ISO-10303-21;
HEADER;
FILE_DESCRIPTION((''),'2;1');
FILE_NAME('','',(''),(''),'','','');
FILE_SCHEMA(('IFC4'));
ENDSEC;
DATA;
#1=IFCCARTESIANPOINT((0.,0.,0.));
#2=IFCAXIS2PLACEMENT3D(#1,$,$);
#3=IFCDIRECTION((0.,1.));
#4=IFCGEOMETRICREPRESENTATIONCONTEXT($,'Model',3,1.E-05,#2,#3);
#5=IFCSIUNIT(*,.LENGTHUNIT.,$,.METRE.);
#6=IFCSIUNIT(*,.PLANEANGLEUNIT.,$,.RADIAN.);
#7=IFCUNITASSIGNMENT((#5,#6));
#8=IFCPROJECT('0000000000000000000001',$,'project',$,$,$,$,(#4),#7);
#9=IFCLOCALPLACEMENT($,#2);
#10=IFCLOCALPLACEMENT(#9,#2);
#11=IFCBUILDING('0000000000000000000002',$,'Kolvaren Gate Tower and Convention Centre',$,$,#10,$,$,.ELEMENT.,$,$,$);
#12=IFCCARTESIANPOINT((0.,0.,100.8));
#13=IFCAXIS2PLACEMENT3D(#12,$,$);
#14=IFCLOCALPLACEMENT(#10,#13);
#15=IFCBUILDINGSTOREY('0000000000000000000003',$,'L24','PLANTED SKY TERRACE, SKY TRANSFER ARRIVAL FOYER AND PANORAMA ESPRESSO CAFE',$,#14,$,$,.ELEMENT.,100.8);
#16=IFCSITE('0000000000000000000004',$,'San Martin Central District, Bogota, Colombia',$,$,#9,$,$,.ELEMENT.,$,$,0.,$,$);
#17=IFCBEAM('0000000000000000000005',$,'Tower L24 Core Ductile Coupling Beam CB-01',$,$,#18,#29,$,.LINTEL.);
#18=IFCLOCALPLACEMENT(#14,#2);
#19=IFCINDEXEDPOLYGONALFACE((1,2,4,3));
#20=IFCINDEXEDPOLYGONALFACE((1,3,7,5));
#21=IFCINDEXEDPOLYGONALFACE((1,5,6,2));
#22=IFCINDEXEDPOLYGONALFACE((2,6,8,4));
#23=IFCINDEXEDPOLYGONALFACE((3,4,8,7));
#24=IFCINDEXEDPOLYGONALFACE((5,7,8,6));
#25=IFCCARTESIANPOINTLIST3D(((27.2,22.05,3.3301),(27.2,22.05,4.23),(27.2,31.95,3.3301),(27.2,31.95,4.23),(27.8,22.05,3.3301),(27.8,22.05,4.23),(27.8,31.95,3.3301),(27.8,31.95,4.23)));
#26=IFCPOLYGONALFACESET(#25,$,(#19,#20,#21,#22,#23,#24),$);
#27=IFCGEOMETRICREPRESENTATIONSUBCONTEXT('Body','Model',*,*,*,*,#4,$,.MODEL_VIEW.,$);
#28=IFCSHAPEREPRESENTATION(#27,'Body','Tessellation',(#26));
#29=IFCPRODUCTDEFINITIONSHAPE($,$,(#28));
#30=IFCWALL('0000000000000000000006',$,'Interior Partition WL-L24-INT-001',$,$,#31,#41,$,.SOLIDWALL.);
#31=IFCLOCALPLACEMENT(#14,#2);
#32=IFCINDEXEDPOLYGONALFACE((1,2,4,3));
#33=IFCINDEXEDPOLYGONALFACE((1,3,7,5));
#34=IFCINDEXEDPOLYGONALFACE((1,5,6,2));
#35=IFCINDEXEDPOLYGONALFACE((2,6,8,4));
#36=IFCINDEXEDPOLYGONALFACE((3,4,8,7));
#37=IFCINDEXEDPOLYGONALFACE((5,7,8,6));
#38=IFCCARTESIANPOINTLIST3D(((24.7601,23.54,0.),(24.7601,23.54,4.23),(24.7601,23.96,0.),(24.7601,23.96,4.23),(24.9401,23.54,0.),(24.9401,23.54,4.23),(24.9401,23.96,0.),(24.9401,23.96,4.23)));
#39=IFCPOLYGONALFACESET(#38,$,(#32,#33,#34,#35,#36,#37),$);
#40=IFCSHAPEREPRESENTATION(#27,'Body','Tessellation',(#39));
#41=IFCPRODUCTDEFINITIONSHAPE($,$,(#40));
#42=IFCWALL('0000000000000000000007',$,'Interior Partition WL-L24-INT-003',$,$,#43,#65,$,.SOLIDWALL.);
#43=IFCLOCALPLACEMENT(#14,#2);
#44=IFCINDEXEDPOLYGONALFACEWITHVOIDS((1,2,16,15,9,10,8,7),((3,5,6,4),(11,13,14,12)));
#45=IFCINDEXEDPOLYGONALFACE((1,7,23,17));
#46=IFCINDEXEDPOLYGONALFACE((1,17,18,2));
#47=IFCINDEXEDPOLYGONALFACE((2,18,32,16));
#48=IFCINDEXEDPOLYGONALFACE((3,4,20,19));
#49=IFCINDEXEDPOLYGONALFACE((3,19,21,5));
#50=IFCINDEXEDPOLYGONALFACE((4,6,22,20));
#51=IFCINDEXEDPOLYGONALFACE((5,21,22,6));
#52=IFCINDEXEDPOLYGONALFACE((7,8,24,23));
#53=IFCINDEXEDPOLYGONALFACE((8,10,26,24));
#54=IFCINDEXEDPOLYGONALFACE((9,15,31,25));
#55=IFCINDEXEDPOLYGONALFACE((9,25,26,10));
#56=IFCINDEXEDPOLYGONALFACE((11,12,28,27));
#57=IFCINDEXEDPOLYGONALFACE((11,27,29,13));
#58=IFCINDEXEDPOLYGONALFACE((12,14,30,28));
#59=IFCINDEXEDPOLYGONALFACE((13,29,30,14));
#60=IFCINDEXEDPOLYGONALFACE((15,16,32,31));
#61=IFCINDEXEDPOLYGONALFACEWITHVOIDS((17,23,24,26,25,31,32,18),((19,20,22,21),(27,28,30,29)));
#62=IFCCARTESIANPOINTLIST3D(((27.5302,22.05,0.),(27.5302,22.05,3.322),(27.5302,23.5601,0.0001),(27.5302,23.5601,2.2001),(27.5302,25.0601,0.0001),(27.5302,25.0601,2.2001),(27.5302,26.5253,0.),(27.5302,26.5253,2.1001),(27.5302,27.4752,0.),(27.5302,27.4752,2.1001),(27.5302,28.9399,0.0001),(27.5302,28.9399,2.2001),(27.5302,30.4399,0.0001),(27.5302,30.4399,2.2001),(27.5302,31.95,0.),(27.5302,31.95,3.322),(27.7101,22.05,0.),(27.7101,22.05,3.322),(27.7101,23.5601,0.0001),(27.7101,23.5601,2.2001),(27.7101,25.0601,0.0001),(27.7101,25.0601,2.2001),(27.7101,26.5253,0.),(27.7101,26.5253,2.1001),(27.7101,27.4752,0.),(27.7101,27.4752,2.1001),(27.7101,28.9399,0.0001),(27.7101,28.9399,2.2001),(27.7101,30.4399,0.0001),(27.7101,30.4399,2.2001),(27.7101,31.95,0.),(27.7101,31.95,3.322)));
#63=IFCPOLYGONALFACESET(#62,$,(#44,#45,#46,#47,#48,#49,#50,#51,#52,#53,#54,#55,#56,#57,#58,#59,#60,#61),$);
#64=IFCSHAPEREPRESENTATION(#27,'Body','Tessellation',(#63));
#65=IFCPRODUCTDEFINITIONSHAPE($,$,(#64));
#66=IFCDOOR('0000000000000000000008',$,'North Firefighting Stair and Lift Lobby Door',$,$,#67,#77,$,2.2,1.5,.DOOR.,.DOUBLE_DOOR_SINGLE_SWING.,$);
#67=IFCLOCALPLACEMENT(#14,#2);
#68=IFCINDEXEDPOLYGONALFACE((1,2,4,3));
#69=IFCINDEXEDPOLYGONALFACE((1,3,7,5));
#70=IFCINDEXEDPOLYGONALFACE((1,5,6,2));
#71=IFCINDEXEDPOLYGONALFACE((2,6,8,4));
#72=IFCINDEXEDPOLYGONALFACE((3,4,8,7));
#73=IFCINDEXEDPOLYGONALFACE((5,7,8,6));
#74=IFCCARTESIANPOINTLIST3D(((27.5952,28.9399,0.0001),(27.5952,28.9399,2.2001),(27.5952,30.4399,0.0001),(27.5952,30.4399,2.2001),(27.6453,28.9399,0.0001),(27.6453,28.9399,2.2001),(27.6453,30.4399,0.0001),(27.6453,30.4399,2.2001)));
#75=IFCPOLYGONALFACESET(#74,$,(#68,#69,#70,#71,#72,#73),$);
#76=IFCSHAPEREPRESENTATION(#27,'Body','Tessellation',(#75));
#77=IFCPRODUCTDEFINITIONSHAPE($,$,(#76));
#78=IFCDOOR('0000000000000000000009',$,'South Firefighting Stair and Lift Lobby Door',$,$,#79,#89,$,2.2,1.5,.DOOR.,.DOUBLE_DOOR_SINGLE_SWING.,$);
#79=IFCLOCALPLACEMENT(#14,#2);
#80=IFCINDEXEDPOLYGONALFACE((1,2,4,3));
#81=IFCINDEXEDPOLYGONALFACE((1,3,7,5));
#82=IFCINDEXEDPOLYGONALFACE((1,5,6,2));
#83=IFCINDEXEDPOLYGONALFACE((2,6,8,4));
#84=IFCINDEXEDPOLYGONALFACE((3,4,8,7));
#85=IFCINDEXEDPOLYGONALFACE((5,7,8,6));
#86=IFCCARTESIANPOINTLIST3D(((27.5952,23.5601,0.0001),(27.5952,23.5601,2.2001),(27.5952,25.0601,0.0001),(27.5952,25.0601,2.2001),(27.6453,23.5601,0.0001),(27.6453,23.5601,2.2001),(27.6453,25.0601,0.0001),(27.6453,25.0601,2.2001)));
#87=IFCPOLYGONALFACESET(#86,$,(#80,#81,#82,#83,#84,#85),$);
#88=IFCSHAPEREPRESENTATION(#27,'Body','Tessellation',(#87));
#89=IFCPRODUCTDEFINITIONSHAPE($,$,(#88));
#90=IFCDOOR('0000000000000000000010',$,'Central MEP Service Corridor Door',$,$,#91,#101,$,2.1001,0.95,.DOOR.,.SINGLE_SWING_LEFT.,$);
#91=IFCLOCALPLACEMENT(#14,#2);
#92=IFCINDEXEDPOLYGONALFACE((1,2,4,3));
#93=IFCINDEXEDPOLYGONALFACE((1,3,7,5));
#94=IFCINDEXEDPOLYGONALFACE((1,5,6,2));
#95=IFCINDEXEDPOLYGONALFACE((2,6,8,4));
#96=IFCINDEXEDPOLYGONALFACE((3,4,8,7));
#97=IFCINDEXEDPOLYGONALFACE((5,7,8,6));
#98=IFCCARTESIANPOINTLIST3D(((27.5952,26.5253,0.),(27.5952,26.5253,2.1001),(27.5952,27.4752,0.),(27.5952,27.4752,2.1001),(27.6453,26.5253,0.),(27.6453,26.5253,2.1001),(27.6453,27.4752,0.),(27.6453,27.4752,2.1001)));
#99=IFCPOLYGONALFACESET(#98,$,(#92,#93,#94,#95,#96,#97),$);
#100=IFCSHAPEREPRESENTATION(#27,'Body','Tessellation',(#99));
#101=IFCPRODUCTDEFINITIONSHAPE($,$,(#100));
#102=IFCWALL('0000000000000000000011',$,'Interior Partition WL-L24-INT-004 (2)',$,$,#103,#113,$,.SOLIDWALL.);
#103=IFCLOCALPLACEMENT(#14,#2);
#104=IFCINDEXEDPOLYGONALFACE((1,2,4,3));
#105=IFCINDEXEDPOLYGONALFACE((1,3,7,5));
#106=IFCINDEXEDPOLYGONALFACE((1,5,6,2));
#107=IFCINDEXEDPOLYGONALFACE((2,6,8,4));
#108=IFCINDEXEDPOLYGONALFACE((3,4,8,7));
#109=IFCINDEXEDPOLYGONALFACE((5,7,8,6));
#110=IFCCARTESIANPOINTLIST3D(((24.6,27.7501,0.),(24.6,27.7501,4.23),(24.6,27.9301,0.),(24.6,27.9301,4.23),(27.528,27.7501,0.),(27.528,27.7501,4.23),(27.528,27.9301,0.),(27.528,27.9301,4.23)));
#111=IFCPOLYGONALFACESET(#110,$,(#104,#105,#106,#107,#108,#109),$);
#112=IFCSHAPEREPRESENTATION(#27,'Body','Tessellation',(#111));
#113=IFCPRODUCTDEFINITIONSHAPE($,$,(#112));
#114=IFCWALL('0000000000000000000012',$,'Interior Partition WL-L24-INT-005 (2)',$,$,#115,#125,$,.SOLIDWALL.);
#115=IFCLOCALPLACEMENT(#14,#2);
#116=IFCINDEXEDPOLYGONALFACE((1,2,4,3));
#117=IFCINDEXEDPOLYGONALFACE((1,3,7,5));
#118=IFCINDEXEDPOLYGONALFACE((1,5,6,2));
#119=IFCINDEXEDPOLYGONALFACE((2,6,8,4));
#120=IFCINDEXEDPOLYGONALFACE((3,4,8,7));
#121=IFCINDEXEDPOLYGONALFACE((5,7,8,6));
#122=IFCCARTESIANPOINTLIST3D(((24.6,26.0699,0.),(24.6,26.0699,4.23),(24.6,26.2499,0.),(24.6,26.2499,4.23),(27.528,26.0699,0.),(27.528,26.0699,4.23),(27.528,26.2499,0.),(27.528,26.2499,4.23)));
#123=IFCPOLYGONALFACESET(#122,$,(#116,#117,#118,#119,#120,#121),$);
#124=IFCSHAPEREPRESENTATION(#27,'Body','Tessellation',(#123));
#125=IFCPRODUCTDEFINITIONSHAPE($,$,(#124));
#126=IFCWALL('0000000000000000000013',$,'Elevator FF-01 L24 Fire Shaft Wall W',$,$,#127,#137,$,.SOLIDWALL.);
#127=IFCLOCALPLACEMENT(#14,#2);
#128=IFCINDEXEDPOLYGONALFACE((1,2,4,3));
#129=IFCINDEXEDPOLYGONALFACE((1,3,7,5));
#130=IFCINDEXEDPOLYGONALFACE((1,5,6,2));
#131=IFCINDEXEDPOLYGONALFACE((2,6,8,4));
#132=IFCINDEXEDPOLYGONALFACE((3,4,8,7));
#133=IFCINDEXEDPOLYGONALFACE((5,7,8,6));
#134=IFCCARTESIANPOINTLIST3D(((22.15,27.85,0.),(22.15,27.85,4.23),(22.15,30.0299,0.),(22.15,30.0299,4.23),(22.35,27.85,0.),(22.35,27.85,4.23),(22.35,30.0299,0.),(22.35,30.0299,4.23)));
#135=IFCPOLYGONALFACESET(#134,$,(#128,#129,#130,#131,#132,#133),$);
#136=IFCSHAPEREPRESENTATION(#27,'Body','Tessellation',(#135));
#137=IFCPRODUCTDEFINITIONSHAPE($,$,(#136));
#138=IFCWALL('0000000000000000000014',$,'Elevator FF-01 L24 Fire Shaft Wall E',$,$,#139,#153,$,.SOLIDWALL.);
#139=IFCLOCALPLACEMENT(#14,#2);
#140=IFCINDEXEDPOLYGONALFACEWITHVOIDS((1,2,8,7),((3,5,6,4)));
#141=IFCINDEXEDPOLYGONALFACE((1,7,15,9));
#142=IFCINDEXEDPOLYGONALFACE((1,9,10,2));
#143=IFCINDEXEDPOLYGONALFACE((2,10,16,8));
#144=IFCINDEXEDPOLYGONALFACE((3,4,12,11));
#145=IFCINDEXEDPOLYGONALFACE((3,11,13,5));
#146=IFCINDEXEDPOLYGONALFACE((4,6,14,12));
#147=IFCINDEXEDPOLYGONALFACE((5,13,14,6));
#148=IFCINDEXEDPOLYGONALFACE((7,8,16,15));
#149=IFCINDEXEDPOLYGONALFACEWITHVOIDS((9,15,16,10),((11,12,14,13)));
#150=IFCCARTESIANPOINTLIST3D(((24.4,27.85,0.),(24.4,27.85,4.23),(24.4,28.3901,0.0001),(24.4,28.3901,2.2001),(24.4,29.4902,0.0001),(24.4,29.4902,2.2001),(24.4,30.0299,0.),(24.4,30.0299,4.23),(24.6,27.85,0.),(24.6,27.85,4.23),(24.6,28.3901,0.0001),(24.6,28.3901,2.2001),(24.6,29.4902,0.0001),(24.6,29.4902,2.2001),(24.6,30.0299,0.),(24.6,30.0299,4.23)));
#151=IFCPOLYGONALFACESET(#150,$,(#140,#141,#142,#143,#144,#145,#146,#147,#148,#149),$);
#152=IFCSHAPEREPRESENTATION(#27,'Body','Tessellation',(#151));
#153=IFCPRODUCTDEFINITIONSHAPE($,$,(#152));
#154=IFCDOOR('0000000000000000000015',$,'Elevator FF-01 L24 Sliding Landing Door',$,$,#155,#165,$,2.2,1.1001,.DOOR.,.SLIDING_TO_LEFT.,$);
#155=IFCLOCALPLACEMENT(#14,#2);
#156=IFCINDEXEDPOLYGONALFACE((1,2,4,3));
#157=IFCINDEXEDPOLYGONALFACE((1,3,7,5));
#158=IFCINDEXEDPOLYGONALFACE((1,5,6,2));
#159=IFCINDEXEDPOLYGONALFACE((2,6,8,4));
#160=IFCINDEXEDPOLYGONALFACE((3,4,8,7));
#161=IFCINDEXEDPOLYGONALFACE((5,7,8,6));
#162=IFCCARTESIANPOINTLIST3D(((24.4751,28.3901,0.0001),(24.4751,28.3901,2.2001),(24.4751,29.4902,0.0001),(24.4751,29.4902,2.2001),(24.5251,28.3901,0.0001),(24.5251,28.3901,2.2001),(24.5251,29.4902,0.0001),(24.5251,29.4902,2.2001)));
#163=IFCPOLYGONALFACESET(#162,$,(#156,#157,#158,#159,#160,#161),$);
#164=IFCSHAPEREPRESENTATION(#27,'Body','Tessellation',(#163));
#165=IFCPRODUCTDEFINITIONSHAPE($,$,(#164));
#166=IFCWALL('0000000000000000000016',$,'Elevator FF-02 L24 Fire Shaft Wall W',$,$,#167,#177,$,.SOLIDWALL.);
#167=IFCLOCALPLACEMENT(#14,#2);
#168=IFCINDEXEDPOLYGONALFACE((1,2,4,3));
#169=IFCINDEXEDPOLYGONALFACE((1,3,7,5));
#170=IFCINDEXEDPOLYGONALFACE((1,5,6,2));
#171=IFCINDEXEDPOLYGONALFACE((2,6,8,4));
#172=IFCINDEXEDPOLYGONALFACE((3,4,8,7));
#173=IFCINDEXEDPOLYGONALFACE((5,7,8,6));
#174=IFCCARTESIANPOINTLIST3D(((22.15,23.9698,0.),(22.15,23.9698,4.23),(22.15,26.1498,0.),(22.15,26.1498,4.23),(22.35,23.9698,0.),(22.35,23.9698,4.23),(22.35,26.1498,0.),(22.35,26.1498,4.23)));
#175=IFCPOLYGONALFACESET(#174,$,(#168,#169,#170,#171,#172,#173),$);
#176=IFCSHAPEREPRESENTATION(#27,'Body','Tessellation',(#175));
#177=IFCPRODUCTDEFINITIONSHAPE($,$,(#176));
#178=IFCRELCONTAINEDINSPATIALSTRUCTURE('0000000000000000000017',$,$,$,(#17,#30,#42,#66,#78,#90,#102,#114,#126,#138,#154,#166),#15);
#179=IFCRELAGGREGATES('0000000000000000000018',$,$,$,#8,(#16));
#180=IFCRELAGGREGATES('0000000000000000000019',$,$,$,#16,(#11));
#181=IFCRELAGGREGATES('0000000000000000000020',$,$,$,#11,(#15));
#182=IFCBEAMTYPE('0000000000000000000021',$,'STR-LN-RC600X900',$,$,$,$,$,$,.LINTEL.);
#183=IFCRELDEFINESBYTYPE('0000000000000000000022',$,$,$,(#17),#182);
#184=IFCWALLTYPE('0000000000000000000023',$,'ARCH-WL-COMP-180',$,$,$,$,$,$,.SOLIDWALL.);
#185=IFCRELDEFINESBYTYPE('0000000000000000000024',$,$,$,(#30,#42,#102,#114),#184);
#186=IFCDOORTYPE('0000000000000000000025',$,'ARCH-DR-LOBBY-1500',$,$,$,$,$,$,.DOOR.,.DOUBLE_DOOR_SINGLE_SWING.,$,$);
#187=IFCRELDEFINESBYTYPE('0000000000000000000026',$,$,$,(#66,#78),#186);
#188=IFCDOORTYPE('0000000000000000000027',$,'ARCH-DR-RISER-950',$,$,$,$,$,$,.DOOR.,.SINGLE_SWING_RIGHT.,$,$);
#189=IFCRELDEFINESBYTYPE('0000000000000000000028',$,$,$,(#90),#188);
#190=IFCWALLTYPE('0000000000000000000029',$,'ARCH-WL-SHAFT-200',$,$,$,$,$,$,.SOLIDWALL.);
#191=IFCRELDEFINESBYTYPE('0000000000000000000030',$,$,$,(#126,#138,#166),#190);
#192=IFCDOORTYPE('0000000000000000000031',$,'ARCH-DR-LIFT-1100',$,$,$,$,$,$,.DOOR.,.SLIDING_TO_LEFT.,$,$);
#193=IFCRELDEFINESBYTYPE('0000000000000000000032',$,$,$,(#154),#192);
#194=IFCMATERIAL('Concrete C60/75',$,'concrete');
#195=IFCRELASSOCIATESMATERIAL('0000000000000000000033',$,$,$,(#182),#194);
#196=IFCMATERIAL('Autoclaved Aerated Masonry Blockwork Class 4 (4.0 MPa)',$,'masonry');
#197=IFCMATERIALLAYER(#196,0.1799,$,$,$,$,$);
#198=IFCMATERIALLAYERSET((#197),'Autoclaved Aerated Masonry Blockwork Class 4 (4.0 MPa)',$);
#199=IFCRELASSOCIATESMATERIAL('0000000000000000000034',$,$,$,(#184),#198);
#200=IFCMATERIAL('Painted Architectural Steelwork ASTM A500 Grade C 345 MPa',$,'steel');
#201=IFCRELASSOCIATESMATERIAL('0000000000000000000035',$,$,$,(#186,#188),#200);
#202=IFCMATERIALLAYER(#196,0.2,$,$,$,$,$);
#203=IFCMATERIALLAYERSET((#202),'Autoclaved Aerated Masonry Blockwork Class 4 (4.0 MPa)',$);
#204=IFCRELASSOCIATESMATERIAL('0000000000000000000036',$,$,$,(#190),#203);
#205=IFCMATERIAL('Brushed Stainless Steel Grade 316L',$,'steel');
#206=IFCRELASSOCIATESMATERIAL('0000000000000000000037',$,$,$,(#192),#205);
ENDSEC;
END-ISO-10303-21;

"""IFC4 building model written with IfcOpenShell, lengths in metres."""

from ifc_helpers import new_model, si_unit, direction, frame, frame_2d, origin, origin_2d, place, context, subcontext, project, spatial, rectangle, extrude, material, layer, layer_set, material_profile, profile_set, type_object, element, fill, save


model = new_model("IFC4")

# Units and contexts
model_context = context("Model", 3, precision=1e-05, world=origin(), true_north=direction((0.0, 1.0)))
body_context = subcontext(model_context, "Body", "Model", "MODEL_VIEW")
ifc_project = project(units=[si_unit("LENGTHUNIT", "METRE"), si_unit("PLANEANGLEUNIT", "RADIAN")], contexts=[model_context])

# Site, building, storey
site_placement = place(None, origin())
site = spatial("IfcSite", under=ifc_project, at=site_placement, Name="San Martin Central District, Bogota, Colombia", CompositionType="ELEMENT", RefElevation=0.0)
building_placement = place(site_placement, origin())
building = spatial("IfcBuilding", under=site, at=building_placement, Name="Kolvaren Gate Tower and Convention Centre", CompositionType="ELEMENT")
storey_placement = place(building_placement, frame((0.0, 0.0, 100.8)))
storey = spatial("IfcBuildingStorey", under=building, at=storey_placement, Name="L24", Description="PLANTED SKY TERRACE, SKY TRANSFER ARRIVAL FOYER AND PANORAMA ESPRESSO CAFE", CompositionType="ELEMENT", Elevation=100.8)

# Beam
ifc_material_1 = material(Name="Concrete C60/75", Category="concrete")
ifc_material_profile = material_profile(ifc_material_1, rectangle(XDim=0.6001, YDim=0.8999, at=origin_2d()), Name="RC-BM-600X900")
ifc_profile_set = profile_set([ifc_material_profile], Name="Concrete C60/75")
beam_type = type_object("IfcBeamType", Name="STR-LN-RC600X900", PredefinedType="LINTEL", material=ifc_profile_set)
beam_placement = place(storey_placement, frame((27.5, 22.05, 3.78), z_axis=(0.0, 1.0, 0.0), x_axis=(-1.0, 0.0, 0.0)))
element("IfcBeam", 1, at=beam_placement, inside=storey, type_object=beam_type, Name="Tower L24 Core Ductile Coupling Beam CB-01", PredefinedType="LINTEL", context=body_context, shape_type="SweptSolid", body=[
    extrude(rectangle(XDim=0.6001, YDim=0.8999, at=origin_2d()), origin(), (0.0, 0.0, 1.0), 9.8999),
])

# Wall
ifc_material_2 = material(Name="Autoclaved Aerated Masonry Blockwork Class 4 (4.0 MPa)", Category="masonry")
ifc_layer_1 = layer(ifc_material_2, 0.1799)
ifc_layer_set_1 = layer_set([ifc_layer_1], Name="Autoclaved Aerated Masonry Blockwork Class 4 (4.0 MPa)")
wall_type_1 = type_object("IfcWallType", Name="ARCH-WL-COMP-180", PredefinedType="SOLIDWALL", material=ifc_layer_set_1)
wall_1_placement = place(storey_placement, frame((24.8501, 23.54, 0.0), z_axis=(0.0, 0.0, 1.0), x_axis=(0.0, 1.0, 0.0)))
element("IfcWall", 2, at=wall_1_placement, inside=storey, type_object=wall_type_1, Name="Interior Partition WL-L24-INT-001", PredefinedType="SOLIDWALL", context=body_context, shape_type="SweptSolid", body=[
    extrude(rectangle(XDim=0.4199, YDim=0.1799, at=frame_2d((0.21, 0.0))), origin(), (0.0, 0.0, 1.0), 4.23),
])

# Wall, openings, doors
wall_2_placement = place(storey_placement, frame((27.6201, 22.05, 0.0), z_axis=(0.0, 0.0, 1.0), x_axis=(0.0, 1.0, 0.0)))
wall_2 = element("IfcWall", 3, at=wall_2_placement, inside=storey, type_object=wall_type_1, Name="Interior Partition WL-L24-INT-003", PredefinedType="SOLIDWALL", context=body_context, shape_type="SweptSolid", body=[
    extrude(rectangle(XDim=9.8999, YDim=0.1799, at=frame_2d((4.95, 0.0))), origin(), (0.0, 0.0, 1.0), 3.322),
])
opening_1_placement = place(wall_2_placement, frame((4.4751, 0.0, 0.0)))
opening_1 = element("IfcOpeningElement", 4, at=opening_1_placement, cuts=wall_2, PredefinedType="OPENING", context=body_context, shape_type="SweptSolid", body=[
    extrude(rectangle(XDim=0.95, YDim=2.1001, at=frame_2d((0.4751, 1.05))), frame((0.0, 0.0999, 0.0), z_axis=(0.0, -1.0, 0.0), x_axis=(1.0, 0.0, 0.0)), (0.0, 0.0, 1.0), 0.2),
])
opening_2_placement = place(wall_2_placement, frame((6.8899, 0.0, 0.0)))
opening_2 = element("IfcOpeningElement", 5, at=opening_2_placement, cuts=wall_2, PredefinedType="OPENING", context=body_context, shape_type="SweptSolid", body=[
    extrude(rectangle(XDim=1.5, YDim=2.2, at=frame_2d((0.75, 1.1001))), frame((0.0, 0.0999, 0.0), z_axis=(0.0, -1.0, 0.0), x_axis=(1.0, 0.0, 0.0)), (0.0, 0.0, 1.0), 0.2),
])
opening_3_placement = place(wall_2_placement, frame((1.51, 0.0, 0.0)))
opening_3 = element("IfcOpeningElement", 6, at=opening_3_placement, cuts=wall_2, PredefinedType="OPENING", context=body_context, shape_type="SweptSolid", body=[
    extrude(rectangle(XDim=1.5, YDim=2.2, at=frame_2d((0.75, 1.1001))), frame((0.0, 0.0999, 0.0), z_axis=(0.0, -1.0, 0.0), x_axis=(1.0, 0.0, 0.0)), (0.0, 0.0, 1.0), 0.2),
])
ifc_material_3 = material(Name="Painted Architectural Steelwork ASTM A500 Grade C 345 MPa", Category="steel")
door_type_1 = type_object("IfcDoorType", Name="ARCH-DR-LOBBY-1500", OperationType="DOUBLE_DOOR_SINGLE_SWING", PredefinedType="DOOR", material=ifc_material_3)
door_1_placement = place(opening_2_placement, origin())
door_1 = element("IfcDoor", 7, at=door_1_placement, inside=storey, type_object=door_type_1, Name="North Firefighting Stair and Lift Lobby Door", OperationType="DOUBLE_DOOR_SINGLE_SWING", OverallHeight=2.2, OverallWidth=1.5, PredefinedType="DOOR", context=body_context, shape_type="SweptSolid", body=[
    extrude(rectangle(XDim=1.5, YDim=2.2, at=frame_2d((0.75, 1.1001))), frame((0.0, 0.0249, 0.0), z_axis=(0.0, -1.0, 0.0), x_axis=(1.0, 0.0, 0.0)), (0.0, 0.0, 1.0), 0.05),
])
fill(opening_2, door_1)
door_2_placement = place(opening_3_placement, origin())
door_2 = element("IfcDoor", 8, at=door_2_placement, inside=storey, type_object=door_type_1, Name="South Firefighting Stair and Lift Lobby Door", OperationType="DOUBLE_DOOR_SINGLE_SWING", OverallHeight=2.2, OverallWidth=1.5, PredefinedType="DOOR", context=body_context, shape_type="SweptSolid", body=[
    extrude(rectangle(XDim=1.5, YDim=2.2, at=frame_2d((0.75, 1.1001))), frame((0.0, 0.0249, 0.0), z_axis=(0.0, -1.0, 0.0), x_axis=(1.0, 0.0, 0.0)), (0.0, 0.0, 1.0), 0.05),
])
fill(opening_3, door_2)
door_type_2 = type_object("IfcDoorType", Name="ARCH-DR-RISER-950", OperationType="SINGLE_SWING_RIGHT", PredefinedType="DOOR", material=ifc_material_3)
door_3_placement = place(opening_1_placement, origin())
door_3 = element("IfcDoor", 9, at=door_3_placement, inside=storey, type_object=door_type_2, Name="Central MEP Service Corridor Door", OperationType="SINGLE_SWING_LEFT", OverallHeight=2.1001, OverallWidth=0.95, PredefinedType="DOOR", context=body_context, shape_type="SweptSolid", body=[
    extrude(rectangle(XDim=0.95, YDim=2.1001, at=frame_2d((0.4751, 1.05))), frame((0.0, 0.0249, 0.0), z_axis=(0.0, -1.0, 0.0), x_axis=(1.0, 0.0, 0.0)), (0.0, 0.0, 1.0), 0.05),
])
fill(opening_1, door_3)

# Walls
for number, where, z_axis, x_axis, name in (
    (10, (24.6001, 27.8401, 0.0), (0.0, 0.0, 1.0), (1.0, 0.0, 0.0), "Interior Partition WL-L24-INT-004 (2)"),
    (11, (24.6001, 26.1599, 0.0), (0.0, 0.0, 1.0), (1.0, 0.0, 0.0), "Interior Partition WL-L24-INT-005 (2)"),
):
    element("IfcWall", number, at=place(storey_placement, frame(where, z_axis=z_axis, x_axis=x_axis)), inside=storey, type_object=wall_type_1, Name=name, PredefinedType="SOLIDWALL", context=body_context, shape_type="SweptSolid", body=[
        extrude(rectangle(XDim=2.928, YDim=0.1799, at=frame_2d((1.4639, 0.0))), origin(), (0.0, 0.0, 1.0), 4.23),
    ])
ifc_layer_2 = layer(ifc_material_2, 0.2)
ifc_layer_set_2 = layer_set([ifc_layer_2], Name="Autoclaved Aerated Masonry Blockwork Class 4 (4.0 MPa)")
wall_type_2 = type_object("IfcWallType", Name="ARCH-WL-SHAFT-200", PredefinedType="SOLIDWALL", material=ifc_layer_set_2)
wall_3_placement = place(storey_placement, frame((22.25, 27.8501, 0.0), z_axis=(0.0, 0.0, 1.0), x_axis=(0.0, 1.0, 0.0)))
element("IfcWall", 12, at=wall_3_placement, inside=storey, type_object=wall_type_2, Name="Elevator FF-01 L24 Fire Shaft Wall W", PredefinedType="SOLIDWALL", context=body_context, shape_type="SweptSolid", body=[
    extrude(rectangle(XDim=2.1799, YDim=0.2, at=frame_2d((1.0898, 0.0))), origin(), (0.0, 0.0, 1.0), 4.23),
])

# Wall, opening, door
wall_4_placement = place(storey_placement, frame((24.5, 27.8501, 0.0), z_axis=(0.0, 0.0, 1.0), x_axis=(0.0, 1.0, 0.0)))
wall_4 = element("IfcWall", 13, at=wall_4_placement, inside=storey, type_object=wall_type_2, Name="Elevator FF-01 L24 Fire Shaft Wall E", PredefinedType="SOLIDWALL", context=body_context, shape_type="SweptSolid", body=[
    extrude(rectangle(XDim=2.1799, YDim=0.2, at=frame_2d((1.0898, 0.0))), origin(), (0.0, 0.0, 1.0), 4.23),
])
opening_4_placement = place(wall_4_placement, frame((0.54, 0.0, 0.0)))
opening_4 = element("IfcOpeningElement", 14, at=opening_4_placement, cuts=wall_4, PredefinedType="OPENING", context=body_context, shape_type="SweptSolid", body=[
    extrude(rectangle(XDim=1.1001, YDim=2.2, at=frame_2d((0.55, 1.1001))), frame((0.0, 0.1099, 0.0), z_axis=(0.0, -1.0, 0.0), x_axis=(1.0, 0.0, 0.0)), (0.0, 0.0, 1.0), 0.22),
])
ifc_material_4 = material(Name="Brushed Stainless Steel Grade 316L", Category="steel")
door_type_3 = type_object("IfcDoorType", Name="ARCH-DR-LIFT-1100", OperationType="SLIDING_TO_LEFT", PredefinedType="DOOR", material=ifc_material_4)
door_4_placement = place(opening_4_placement, origin())
door_4 = element("IfcDoor", 15, at=door_4_placement, inside=storey, type_object=door_type_3, Name="Elevator FF-01 L24 Sliding Landing Door", OperationType="SLIDING_TO_LEFT", OverallHeight=2.2, OverallWidth=1.1001, PredefinedType="DOOR", context=body_context, shape_type="SweptSolid", body=[
    extrude(rectangle(XDim=1.1001, YDim=2.2, at=frame_2d((0.55, 1.1001))), frame((0.0, 0.0249, 0.0), z_axis=(0.0, -1.0, 0.0), x_axis=(1.0, 0.0, 0.0)), (0.0, 0.0, 1.0), 0.05),
])
fill(opening_4, door_4)

# Wall
wall_5_placement = place(storey_placement, frame((22.25, 23.97, 0.0), z_axis=(0.0, 0.0, 1.0), x_axis=(0.0, 1.0, 0.0)))
element("IfcWall", 16, at=wall_5_placement, inside=storey, type_object=wall_type_2, Name="Elevator FF-02 L24 Fire Shaft Wall W", PredefinedType="SOLIDWALL", context=body_context, shape_type="SweptSolid", body=[
    extrude(rectangle(XDim=2.1799, YDim=0.2, at=frame_2d((1.0898, 0.0))), origin(), (0.0, 0.0, 1.0), 4.23),
])

save(model, "model.ifc")
